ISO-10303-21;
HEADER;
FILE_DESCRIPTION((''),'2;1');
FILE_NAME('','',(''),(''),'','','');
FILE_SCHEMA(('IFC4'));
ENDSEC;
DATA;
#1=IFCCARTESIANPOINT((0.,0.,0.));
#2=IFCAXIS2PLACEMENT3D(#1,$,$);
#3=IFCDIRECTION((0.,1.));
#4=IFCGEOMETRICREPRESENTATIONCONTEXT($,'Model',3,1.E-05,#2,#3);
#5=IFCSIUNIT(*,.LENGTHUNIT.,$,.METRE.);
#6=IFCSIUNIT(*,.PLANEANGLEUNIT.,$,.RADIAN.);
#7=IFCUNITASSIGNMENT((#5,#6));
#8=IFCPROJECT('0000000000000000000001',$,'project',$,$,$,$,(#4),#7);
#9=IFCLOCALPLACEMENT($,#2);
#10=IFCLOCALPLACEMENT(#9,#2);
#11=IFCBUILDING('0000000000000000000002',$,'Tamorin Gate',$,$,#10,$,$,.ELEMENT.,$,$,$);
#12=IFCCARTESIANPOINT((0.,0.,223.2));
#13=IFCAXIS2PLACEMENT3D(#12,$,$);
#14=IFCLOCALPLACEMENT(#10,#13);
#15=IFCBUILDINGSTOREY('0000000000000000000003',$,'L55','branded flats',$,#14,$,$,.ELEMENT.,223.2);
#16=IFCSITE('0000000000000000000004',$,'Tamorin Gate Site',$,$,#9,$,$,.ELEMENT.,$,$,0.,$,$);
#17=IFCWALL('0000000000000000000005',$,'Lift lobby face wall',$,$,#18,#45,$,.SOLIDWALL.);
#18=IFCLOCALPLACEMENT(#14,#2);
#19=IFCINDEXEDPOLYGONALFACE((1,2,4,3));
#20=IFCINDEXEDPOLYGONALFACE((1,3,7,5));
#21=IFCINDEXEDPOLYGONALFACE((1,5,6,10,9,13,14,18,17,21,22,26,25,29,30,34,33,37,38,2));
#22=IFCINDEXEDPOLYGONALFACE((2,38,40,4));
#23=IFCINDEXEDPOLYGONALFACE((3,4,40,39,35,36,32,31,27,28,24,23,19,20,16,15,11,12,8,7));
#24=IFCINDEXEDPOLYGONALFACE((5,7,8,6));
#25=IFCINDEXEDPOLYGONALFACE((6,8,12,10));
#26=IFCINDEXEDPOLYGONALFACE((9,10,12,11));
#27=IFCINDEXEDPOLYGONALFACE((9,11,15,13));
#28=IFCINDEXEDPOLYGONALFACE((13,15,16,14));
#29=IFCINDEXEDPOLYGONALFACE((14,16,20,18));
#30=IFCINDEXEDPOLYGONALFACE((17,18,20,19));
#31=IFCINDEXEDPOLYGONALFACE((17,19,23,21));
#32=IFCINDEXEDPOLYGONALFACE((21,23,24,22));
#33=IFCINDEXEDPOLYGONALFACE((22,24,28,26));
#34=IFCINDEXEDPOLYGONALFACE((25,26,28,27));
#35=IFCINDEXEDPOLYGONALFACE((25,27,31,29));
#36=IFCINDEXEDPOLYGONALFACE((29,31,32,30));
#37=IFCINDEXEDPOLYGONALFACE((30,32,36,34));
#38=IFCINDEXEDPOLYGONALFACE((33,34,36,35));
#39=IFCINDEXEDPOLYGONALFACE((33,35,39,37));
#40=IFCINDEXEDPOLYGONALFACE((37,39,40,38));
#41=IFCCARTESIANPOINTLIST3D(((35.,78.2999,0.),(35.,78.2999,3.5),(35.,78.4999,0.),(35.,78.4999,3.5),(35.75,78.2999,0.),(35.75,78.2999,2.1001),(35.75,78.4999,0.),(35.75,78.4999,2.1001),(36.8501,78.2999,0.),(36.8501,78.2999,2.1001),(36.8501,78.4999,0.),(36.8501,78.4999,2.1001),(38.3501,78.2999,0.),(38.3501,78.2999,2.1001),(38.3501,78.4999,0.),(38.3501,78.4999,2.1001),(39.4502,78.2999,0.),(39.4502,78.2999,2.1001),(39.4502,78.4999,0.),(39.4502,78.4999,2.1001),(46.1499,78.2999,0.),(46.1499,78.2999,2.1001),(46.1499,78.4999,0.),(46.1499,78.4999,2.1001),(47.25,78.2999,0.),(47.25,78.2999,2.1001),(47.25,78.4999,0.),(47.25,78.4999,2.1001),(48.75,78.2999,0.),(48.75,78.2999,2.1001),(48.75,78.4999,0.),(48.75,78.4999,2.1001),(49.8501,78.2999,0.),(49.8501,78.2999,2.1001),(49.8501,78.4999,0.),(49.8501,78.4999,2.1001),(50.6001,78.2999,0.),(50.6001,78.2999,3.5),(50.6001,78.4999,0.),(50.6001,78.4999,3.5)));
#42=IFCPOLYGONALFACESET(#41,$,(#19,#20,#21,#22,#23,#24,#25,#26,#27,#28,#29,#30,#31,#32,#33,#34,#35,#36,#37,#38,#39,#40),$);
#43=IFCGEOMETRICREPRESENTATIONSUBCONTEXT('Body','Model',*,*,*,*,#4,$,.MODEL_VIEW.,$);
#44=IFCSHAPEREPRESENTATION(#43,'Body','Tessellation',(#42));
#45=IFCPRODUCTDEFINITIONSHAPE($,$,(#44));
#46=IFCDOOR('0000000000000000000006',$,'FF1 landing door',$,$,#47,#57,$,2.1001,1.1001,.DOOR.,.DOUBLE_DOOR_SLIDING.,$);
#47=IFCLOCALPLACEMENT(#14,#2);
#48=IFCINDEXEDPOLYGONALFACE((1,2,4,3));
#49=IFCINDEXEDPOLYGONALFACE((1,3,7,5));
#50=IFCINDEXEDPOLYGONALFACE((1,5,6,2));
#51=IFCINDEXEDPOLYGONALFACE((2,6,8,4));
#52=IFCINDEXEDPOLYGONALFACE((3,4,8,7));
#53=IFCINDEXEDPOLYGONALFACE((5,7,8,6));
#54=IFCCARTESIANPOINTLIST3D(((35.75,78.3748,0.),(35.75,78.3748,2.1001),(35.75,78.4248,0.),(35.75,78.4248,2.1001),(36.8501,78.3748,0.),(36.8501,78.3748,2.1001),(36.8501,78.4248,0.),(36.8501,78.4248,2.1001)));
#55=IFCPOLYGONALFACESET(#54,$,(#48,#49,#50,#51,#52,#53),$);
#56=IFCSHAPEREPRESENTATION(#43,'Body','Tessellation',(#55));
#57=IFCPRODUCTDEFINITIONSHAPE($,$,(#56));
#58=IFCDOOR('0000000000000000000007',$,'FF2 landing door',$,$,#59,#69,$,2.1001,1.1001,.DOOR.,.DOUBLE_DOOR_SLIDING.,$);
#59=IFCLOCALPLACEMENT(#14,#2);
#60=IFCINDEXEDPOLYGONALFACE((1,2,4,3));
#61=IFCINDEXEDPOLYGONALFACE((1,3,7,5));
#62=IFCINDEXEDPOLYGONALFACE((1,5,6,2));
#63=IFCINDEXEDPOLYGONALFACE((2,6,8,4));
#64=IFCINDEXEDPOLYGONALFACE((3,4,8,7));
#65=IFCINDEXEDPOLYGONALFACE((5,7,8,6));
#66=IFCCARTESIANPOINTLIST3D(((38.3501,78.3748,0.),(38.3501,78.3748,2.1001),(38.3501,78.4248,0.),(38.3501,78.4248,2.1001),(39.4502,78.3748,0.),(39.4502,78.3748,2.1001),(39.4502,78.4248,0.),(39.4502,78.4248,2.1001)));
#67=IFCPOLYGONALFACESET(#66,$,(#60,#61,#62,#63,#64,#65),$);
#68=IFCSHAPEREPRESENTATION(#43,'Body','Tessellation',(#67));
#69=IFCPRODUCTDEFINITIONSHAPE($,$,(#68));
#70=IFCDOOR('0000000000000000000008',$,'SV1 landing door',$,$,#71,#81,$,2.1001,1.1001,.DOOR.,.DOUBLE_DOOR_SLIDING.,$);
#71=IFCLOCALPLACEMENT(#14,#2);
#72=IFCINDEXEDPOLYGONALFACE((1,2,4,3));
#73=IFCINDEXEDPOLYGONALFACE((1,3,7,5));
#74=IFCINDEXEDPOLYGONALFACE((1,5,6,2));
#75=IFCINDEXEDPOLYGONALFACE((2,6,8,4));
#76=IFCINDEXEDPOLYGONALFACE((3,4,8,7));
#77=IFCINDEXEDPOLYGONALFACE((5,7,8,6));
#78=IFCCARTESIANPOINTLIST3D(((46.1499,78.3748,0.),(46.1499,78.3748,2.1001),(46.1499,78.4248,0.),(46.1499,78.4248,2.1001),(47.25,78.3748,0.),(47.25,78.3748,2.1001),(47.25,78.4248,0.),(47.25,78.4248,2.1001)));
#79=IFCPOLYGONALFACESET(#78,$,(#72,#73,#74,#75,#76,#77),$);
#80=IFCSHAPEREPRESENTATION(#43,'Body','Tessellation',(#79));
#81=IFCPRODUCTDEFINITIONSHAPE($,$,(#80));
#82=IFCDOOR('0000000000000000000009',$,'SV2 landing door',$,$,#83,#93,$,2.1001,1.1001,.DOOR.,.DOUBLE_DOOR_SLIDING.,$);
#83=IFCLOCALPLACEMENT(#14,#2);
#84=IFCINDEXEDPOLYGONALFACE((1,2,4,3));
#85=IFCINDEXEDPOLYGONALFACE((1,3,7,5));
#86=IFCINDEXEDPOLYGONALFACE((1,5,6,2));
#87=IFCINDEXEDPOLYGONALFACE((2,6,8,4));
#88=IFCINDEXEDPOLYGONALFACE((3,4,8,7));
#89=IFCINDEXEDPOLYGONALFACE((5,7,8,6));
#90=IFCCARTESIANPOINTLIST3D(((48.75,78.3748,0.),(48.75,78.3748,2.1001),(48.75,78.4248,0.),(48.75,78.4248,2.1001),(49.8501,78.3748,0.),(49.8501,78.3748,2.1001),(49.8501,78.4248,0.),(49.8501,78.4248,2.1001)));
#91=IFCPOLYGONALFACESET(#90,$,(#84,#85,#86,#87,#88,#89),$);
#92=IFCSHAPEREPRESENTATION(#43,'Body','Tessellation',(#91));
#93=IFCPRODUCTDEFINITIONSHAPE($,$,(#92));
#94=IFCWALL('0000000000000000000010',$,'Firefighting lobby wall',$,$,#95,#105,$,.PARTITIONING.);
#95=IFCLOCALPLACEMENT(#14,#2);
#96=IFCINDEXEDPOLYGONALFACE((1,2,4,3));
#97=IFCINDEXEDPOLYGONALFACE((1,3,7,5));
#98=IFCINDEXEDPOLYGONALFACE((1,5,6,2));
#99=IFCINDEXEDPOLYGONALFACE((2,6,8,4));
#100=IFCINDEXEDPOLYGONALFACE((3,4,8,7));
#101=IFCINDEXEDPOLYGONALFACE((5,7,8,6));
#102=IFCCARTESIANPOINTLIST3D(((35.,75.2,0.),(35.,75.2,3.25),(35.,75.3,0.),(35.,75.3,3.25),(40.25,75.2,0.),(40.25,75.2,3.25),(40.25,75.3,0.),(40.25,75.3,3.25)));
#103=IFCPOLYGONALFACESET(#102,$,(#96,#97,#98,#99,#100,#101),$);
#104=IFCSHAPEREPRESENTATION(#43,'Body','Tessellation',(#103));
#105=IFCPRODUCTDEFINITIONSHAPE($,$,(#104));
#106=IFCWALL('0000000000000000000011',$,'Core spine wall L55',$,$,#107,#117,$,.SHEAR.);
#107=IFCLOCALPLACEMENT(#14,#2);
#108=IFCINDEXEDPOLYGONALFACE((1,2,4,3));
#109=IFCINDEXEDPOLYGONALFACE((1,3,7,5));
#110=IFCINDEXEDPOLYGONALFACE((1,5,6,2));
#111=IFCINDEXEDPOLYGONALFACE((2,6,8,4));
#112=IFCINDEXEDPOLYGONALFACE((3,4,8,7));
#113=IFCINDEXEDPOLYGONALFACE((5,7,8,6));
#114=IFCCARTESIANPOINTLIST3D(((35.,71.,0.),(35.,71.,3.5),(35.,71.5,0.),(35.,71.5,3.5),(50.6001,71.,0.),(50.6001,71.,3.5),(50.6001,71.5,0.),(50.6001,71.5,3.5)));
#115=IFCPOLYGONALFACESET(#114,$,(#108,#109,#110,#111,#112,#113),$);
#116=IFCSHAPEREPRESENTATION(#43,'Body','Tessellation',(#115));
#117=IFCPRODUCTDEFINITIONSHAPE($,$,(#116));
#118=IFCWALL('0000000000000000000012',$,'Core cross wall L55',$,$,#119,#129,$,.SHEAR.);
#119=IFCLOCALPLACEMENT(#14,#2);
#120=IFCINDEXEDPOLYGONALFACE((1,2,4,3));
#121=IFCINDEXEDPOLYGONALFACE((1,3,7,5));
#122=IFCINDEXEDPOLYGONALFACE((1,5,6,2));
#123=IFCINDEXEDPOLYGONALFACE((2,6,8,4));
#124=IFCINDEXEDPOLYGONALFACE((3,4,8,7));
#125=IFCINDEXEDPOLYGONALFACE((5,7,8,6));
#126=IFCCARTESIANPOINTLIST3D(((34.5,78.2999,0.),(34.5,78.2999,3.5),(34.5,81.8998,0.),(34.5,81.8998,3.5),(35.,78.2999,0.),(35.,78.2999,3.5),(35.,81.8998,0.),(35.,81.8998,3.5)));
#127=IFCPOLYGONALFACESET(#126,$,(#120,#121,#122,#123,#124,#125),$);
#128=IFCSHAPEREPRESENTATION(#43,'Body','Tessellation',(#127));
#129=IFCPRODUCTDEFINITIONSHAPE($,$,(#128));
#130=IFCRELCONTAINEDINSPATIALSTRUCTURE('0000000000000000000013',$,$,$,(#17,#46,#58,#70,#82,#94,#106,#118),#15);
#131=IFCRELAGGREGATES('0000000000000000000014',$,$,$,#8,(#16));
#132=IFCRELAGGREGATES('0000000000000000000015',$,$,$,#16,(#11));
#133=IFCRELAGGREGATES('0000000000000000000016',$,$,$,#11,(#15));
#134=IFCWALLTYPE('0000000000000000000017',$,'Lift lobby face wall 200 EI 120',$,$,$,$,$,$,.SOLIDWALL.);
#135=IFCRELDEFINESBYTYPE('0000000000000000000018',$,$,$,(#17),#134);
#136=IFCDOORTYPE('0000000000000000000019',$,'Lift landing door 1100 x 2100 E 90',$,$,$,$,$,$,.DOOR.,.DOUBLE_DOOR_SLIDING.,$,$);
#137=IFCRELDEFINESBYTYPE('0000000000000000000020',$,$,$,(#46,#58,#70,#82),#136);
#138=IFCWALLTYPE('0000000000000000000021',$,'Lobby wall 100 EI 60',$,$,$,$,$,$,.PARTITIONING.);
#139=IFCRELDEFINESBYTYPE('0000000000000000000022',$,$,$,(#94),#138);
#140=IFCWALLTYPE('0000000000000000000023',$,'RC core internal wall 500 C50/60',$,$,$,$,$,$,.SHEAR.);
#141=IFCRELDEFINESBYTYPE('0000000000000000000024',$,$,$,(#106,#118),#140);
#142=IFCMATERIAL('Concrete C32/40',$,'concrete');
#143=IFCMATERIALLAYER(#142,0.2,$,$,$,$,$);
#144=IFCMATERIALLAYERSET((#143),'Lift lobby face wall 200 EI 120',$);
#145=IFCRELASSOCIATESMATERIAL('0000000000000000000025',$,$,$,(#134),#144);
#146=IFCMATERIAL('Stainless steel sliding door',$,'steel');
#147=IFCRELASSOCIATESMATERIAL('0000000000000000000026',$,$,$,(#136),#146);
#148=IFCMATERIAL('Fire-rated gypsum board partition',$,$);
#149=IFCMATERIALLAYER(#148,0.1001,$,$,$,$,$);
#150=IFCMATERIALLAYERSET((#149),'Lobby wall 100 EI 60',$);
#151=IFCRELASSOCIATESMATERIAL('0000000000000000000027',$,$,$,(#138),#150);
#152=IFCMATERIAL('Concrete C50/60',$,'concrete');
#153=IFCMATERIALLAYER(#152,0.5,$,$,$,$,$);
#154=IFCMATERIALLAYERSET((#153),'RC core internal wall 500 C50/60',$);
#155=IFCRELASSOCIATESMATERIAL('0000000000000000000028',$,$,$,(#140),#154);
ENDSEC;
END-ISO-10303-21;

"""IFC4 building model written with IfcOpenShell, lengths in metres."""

from ifc_helpers import new_model, si_unit, direction, frame, frame_2d, origin, place, context, subcontext, project, spatial, rectangle, extrude, material, layer, layer_set, type_object, element, fill, save


model = new_model("IFC4")

# Units and contexts
model_context = context("Model", 3, precision=1e-05, world=origin(), true_north=direction((0.0, 1.0)))
body_context = subcontext(model_context, "Body", "Model", "MODEL_VIEW")
ifc_project = project(units=[si_unit("LENGTHUNIT", "METRE"), si_unit("PLANEANGLEUNIT", "RADIAN")], contexts=[model_context])

# Site, building, storey
site_placement = place(None, origin())
site = spatial("IfcSite", under=ifc_project, at=site_placement, Name="Tamorin Gate Site", CompositionType="ELEMENT", RefElevation=0.0)
building_placement = place(site_placement, origin())
building = spatial("IfcBuilding", under=site, at=building_placement, Name="Tamorin Gate", CompositionType="ELEMENT")
storey_placement = place(building_placement, frame((0.0, 0.0, 223.2)))
storey = spatial("IfcBuildingStorey", under=building, at=storey_placement, Name="L55", Description="branded flats", CompositionType="ELEMENT", Elevation=223.2)

# Wall, openings, doors
ifc_material_1 = material(Name="Concrete C32/40", Category="concrete")
ifc_layer_1 = layer(ifc_material_1, 0.2)
ifc_layer_set_1 = layer_set([ifc_layer_1], Name="Lift lobby face wall 200 EI 120")
wall_type_1 = type_object("IfcWallType", Name="Lift lobby face wall 200 EI 120", PredefinedType="SOLIDWALL", material=ifc_layer_set_1)
ifc_material_2 = material(Name="Stainless steel sliding door", Category="steel")
door_type_1 = type_object("IfcDoorType", Name="Lift landing door 1100 x 2100 E 90", OperationType="DOUBLE_DOOR_SLIDING", PredefinedType="DOOR", material=ifc_material_2)
wall_1_placement = place(storey_placement, frame((35.0, 78.3999, 0.0), z_axis=(0.0, 0.0, 1.0), x_axis=(1.0, 0.0, 0.0)))
wall_1 = element("IfcWall", 1, at=wall_1_placement, inside=storey, type_object=wall_type_1, Name="Lift lobby face wall", PredefinedType="SOLIDWALL", context=body_context, shape_type="SweptSolid", body=[
    extrude(rectangle(XDim=15.6001, YDim=0.2, at=frame_2d((7.8, 0.0))), origin(), (0.0, 0.0, 1.0), 3.5),
])
opening_1_placement = place(wall_1_placement, frame((0.75, 0.0, 0.0)))
opening_1 = element("IfcOpeningElement", 2, at=opening_1_placement, cuts=wall_1, PredefinedType="OPENING", context=body_context, shape_type="SweptSolid", body=[
    extrude(rectangle(XDim=1.1001, YDim=2.1001, at=frame_2d((0.55, 1.05))), frame((0.0, 0.1099, 0.0), z_axis=(0.0, -1.0, 0.0), x_axis=(1.0, 0.0, 0.0)), (0.0, 0.0, 1.0), 0.22),
])
opening_2_placement = place(wall_1_placement, frame((3.3501, 0.0, 0.0)))
opening_2 = element("IfcOpeningElement", 3, at=opening_2_placement, cuts=wall_1, PredefinedType="OPENING", context=body_context, shape_type="SweptSolid", body=[
    extrude(rectangle(XDim=1.1001, YDim=2.1001, at=frame_2d((0.55, 1.05))), frame((0.0, 0.1099, 0.0), z_axis=(0.0, -1.0, 0.0), x_axis=(1.0, 0.0, 0.0)), (0.0, 0.0, 1.0), 0.22),
])
opening_3_placement = place(wall_1_placement, frame((11.1499, 0.0, 0.0)))
opening_3 = element("IfcOpeningElement", 4, at=opening_3_placement, cuts=wall_1, PredefinedType="OPENING", context=body_context, shape_type="SweptSolid", body=[
    extrude(rectangle(XDim=1.1001, YDim=2.1001, at=frame_2d((0.55, 1.05))), frame((0.0, 0.1099, 0.0), z_axis=(0.0, -1.0, 0.0), x_axis=(1.0, 0.0, 0.0)), (0.0, 0.0, 1.0), 0.22),
])
opening_4_placement = place(wall_1_placement, frame((13.75, 0.0, 0.0)))
opening_4 = element("IfcOpeningElement", 5, at=opening_4_placement, cuts=wall_1, PredefinedType="OPENING", context=body_context, shape_type="SweptSolid", body=[
    extrude(rectangle(XDim=1.1001, YDim=2.1001, at=frame_2d((0.55, 1.05))), frame((0.0, 0.1099, 0.0), z_axis=(0.0, -1.0, 0.0), x_axis=(1.0, 0.0, 0.0)), (0.0, 0.0, 1.0), 0.22),
])
door_1_placement = place(opening_1_placement, origin())
door_1 = element("IfcDoor", 6, at=door_1_placement, inside=storey, type_object=door_type_1, Name="FF1 landing door", OperationType="DOUBLE_DOOR_SLIDING", OverallHeight=2.1001, OverallWidth=1.1001, PredefinedType="DOOR", context=body_context, shape_type="SweptSolid", body=[
    extrude(rectangle(XDim=1.1001, YDim=2.1001, at=frame_2d((0.55, 1.05))), frame((0.0, 0.0249, 0.0), z_axis=(0.0, -1.0, 0.0), x_axis=(1.0, 0.0, 0.0)), (0.0, 0.0, 1.0), 0.05),
])
fill(opening_1, door_1)
door_2_placement = place(opening_2_placement, origin())
door_2 = element("IfcDoor", 7, at=door_2_placement, inside=storey, type_object=door_type_1, Name="FF2 landing door", OperationType="DOUBLE_DOOR_SLIDING", OverallHeight=2.1001, OverallWidth=1.1001, PredefinedType="DOOR", context=body_context, shape_type="SweptSolid", body=[
    extrude(rectangle(XDim=1.1001, YDim=2.1001, at=frame_2d((0.55, 1.05))), frame((0.0, 0.0249, 0.0), z_axis=(0.0, -1.0, 0.0), x_axis=(1.0, 0.0, 0.0)), (0.0, 0.0, 1.0), 0.05),
])
fill(opening_2, door_2)
door_3_placement = place(opening_3_placement, origin())
door_3 = element("IfcDoor", 8, at=door_3_placement, inside=storey, type_object=door_type_1, Name="SV1 landing door", OperationType="DOUBLE_DOOR_SLIDING", OverallHeight=2.1001, OverallWidth=1.1001, PredefinedType="DOOR", context=body_context, shape_type="SweptSolid", body=[
    extrude(rectangle(XDim=1.1001, YDim=2.1001, at=frame_2d((0.55, 1.05))), frame((0.0, 0.0249, 0.0), z_axis=(0.0, -1.0, 0.0), x_axis=(1.0, 0.0, 0.0)), (0.0, 0.0, 1.0), 0.05),
])
fill(opening_3, door_3)
door_4_placement = place(opening_4_placement, origin())
door_4 = element("IfcDoor", 9, at=door_4_placement, inside=storey, type_object=door_type_1, Name="SV2 landing door", OperationType="DOUBLE_DOOR_SLIDING", OverallHeight=2.1001, OverallWidth=1.1001, PredefinedType="DOOR", context=body_context, shape_type="SweptSolid", body=[
    extrude(rectangle(XDim=1.1001, YDim=2.1001, at=frame_2d((0.55, 1.05))), frame((0.0, 0.0249, 0.0), z_axis=(0.0, -1.0, 0.0), x_axis=(1.0, 0.0, 0.0)), (0.0, 0.0, 1.0), 0.05),
])
fill(opening_4, door_4)

# Walls
ifc_material_3 = material(Name="Fire-rated gypsum board partition")
ifc_layer_2 = layer(ifc_material_3, 0.1001)
ifc_layer_set_2 = layer_set([ifc_layer_2], Name="Lobby wall 100 EI 60")
wall_type_2 = type_object("IfcWallType", Name="Lobby wall 100 EI 60", PredefinedType="PARTITIONING", material=ifc_layer_set_2)
wall_2_placement = place(storey_placement, frame((35.0, 75.25, 0.0), z_axis=(0.0, 0.0, 1.0), x_axis=(1.0, 0.0, 0.0)))
element("IfcWall", 10, at=wall_2_placement, inside=storey, type_object=wall_type_2, Name="Firefighting lobby wall", PredefinedType="PARTITIONING", context=body_context, shape_type="SweptSolid", body=[
    extrude(rectangle(XDim=5.25, YDim=0.1001, at=frame_2d((2.625, 0.0))), origin(), (0.0, 0.0, 1.0), 3.25),
])
ifc_material_4 = material(Name="Concrete C50/60", Category="concrete")
ifc_layer_3 = layer(ifc_material_4, 0.5)
ifc_layer_set_3 = layer_set([ifc_layer_3], Name="RC core internal wall 500 C50/60")
wall_type_3 = type_object("IfcWallType", Name="RC core internal wall 500 C50/60", PredefinedType="SHEAR", material=ifc_layer_set_3)
wall_3_placement = place(storey_placement, frame((35.0, 71.25, 0.0), z_axis=(0.0, 0.0, 1.0), x_axis=(1.0, 0.0, 0.0)))
element("IfcWall", 11, at=wall_3_placement, inside=storey, type_object=wall_type_3, Name="Core spine wall L55", PredefinedType="SHEAR", context=body_context, shape_type="SweptSolid", body=[
    extrude(rectangle(XDim=15.6001, YDim=0.5, at=frame_2d((7.8, 0.0))), origin(), (0.0, 0.0, 1.0), 3.5),
])
wall_4_placement = place(storey_placement, frame((34.75, 78.3, 0.0), z_axis=(0.0, 0.0, 1.0), x_axis=(0.0, 1.0, 0.0)))
element("IfcWall", 12, at=wall_4_placement, inside=storey, type_object=wall_type_3, Name="Core cross wall L55", PredefinedType="SHEAR", context=body_context, shape_type="SweptSolid", body=[
    extrude(rectangle(XDim=3.5999, YDim=0.5, at=frame_2d((1.7998, 0.0))), origin(), (0.0, 0.0, 1.0), 3.5),
])

save(model, "model.ifc")
